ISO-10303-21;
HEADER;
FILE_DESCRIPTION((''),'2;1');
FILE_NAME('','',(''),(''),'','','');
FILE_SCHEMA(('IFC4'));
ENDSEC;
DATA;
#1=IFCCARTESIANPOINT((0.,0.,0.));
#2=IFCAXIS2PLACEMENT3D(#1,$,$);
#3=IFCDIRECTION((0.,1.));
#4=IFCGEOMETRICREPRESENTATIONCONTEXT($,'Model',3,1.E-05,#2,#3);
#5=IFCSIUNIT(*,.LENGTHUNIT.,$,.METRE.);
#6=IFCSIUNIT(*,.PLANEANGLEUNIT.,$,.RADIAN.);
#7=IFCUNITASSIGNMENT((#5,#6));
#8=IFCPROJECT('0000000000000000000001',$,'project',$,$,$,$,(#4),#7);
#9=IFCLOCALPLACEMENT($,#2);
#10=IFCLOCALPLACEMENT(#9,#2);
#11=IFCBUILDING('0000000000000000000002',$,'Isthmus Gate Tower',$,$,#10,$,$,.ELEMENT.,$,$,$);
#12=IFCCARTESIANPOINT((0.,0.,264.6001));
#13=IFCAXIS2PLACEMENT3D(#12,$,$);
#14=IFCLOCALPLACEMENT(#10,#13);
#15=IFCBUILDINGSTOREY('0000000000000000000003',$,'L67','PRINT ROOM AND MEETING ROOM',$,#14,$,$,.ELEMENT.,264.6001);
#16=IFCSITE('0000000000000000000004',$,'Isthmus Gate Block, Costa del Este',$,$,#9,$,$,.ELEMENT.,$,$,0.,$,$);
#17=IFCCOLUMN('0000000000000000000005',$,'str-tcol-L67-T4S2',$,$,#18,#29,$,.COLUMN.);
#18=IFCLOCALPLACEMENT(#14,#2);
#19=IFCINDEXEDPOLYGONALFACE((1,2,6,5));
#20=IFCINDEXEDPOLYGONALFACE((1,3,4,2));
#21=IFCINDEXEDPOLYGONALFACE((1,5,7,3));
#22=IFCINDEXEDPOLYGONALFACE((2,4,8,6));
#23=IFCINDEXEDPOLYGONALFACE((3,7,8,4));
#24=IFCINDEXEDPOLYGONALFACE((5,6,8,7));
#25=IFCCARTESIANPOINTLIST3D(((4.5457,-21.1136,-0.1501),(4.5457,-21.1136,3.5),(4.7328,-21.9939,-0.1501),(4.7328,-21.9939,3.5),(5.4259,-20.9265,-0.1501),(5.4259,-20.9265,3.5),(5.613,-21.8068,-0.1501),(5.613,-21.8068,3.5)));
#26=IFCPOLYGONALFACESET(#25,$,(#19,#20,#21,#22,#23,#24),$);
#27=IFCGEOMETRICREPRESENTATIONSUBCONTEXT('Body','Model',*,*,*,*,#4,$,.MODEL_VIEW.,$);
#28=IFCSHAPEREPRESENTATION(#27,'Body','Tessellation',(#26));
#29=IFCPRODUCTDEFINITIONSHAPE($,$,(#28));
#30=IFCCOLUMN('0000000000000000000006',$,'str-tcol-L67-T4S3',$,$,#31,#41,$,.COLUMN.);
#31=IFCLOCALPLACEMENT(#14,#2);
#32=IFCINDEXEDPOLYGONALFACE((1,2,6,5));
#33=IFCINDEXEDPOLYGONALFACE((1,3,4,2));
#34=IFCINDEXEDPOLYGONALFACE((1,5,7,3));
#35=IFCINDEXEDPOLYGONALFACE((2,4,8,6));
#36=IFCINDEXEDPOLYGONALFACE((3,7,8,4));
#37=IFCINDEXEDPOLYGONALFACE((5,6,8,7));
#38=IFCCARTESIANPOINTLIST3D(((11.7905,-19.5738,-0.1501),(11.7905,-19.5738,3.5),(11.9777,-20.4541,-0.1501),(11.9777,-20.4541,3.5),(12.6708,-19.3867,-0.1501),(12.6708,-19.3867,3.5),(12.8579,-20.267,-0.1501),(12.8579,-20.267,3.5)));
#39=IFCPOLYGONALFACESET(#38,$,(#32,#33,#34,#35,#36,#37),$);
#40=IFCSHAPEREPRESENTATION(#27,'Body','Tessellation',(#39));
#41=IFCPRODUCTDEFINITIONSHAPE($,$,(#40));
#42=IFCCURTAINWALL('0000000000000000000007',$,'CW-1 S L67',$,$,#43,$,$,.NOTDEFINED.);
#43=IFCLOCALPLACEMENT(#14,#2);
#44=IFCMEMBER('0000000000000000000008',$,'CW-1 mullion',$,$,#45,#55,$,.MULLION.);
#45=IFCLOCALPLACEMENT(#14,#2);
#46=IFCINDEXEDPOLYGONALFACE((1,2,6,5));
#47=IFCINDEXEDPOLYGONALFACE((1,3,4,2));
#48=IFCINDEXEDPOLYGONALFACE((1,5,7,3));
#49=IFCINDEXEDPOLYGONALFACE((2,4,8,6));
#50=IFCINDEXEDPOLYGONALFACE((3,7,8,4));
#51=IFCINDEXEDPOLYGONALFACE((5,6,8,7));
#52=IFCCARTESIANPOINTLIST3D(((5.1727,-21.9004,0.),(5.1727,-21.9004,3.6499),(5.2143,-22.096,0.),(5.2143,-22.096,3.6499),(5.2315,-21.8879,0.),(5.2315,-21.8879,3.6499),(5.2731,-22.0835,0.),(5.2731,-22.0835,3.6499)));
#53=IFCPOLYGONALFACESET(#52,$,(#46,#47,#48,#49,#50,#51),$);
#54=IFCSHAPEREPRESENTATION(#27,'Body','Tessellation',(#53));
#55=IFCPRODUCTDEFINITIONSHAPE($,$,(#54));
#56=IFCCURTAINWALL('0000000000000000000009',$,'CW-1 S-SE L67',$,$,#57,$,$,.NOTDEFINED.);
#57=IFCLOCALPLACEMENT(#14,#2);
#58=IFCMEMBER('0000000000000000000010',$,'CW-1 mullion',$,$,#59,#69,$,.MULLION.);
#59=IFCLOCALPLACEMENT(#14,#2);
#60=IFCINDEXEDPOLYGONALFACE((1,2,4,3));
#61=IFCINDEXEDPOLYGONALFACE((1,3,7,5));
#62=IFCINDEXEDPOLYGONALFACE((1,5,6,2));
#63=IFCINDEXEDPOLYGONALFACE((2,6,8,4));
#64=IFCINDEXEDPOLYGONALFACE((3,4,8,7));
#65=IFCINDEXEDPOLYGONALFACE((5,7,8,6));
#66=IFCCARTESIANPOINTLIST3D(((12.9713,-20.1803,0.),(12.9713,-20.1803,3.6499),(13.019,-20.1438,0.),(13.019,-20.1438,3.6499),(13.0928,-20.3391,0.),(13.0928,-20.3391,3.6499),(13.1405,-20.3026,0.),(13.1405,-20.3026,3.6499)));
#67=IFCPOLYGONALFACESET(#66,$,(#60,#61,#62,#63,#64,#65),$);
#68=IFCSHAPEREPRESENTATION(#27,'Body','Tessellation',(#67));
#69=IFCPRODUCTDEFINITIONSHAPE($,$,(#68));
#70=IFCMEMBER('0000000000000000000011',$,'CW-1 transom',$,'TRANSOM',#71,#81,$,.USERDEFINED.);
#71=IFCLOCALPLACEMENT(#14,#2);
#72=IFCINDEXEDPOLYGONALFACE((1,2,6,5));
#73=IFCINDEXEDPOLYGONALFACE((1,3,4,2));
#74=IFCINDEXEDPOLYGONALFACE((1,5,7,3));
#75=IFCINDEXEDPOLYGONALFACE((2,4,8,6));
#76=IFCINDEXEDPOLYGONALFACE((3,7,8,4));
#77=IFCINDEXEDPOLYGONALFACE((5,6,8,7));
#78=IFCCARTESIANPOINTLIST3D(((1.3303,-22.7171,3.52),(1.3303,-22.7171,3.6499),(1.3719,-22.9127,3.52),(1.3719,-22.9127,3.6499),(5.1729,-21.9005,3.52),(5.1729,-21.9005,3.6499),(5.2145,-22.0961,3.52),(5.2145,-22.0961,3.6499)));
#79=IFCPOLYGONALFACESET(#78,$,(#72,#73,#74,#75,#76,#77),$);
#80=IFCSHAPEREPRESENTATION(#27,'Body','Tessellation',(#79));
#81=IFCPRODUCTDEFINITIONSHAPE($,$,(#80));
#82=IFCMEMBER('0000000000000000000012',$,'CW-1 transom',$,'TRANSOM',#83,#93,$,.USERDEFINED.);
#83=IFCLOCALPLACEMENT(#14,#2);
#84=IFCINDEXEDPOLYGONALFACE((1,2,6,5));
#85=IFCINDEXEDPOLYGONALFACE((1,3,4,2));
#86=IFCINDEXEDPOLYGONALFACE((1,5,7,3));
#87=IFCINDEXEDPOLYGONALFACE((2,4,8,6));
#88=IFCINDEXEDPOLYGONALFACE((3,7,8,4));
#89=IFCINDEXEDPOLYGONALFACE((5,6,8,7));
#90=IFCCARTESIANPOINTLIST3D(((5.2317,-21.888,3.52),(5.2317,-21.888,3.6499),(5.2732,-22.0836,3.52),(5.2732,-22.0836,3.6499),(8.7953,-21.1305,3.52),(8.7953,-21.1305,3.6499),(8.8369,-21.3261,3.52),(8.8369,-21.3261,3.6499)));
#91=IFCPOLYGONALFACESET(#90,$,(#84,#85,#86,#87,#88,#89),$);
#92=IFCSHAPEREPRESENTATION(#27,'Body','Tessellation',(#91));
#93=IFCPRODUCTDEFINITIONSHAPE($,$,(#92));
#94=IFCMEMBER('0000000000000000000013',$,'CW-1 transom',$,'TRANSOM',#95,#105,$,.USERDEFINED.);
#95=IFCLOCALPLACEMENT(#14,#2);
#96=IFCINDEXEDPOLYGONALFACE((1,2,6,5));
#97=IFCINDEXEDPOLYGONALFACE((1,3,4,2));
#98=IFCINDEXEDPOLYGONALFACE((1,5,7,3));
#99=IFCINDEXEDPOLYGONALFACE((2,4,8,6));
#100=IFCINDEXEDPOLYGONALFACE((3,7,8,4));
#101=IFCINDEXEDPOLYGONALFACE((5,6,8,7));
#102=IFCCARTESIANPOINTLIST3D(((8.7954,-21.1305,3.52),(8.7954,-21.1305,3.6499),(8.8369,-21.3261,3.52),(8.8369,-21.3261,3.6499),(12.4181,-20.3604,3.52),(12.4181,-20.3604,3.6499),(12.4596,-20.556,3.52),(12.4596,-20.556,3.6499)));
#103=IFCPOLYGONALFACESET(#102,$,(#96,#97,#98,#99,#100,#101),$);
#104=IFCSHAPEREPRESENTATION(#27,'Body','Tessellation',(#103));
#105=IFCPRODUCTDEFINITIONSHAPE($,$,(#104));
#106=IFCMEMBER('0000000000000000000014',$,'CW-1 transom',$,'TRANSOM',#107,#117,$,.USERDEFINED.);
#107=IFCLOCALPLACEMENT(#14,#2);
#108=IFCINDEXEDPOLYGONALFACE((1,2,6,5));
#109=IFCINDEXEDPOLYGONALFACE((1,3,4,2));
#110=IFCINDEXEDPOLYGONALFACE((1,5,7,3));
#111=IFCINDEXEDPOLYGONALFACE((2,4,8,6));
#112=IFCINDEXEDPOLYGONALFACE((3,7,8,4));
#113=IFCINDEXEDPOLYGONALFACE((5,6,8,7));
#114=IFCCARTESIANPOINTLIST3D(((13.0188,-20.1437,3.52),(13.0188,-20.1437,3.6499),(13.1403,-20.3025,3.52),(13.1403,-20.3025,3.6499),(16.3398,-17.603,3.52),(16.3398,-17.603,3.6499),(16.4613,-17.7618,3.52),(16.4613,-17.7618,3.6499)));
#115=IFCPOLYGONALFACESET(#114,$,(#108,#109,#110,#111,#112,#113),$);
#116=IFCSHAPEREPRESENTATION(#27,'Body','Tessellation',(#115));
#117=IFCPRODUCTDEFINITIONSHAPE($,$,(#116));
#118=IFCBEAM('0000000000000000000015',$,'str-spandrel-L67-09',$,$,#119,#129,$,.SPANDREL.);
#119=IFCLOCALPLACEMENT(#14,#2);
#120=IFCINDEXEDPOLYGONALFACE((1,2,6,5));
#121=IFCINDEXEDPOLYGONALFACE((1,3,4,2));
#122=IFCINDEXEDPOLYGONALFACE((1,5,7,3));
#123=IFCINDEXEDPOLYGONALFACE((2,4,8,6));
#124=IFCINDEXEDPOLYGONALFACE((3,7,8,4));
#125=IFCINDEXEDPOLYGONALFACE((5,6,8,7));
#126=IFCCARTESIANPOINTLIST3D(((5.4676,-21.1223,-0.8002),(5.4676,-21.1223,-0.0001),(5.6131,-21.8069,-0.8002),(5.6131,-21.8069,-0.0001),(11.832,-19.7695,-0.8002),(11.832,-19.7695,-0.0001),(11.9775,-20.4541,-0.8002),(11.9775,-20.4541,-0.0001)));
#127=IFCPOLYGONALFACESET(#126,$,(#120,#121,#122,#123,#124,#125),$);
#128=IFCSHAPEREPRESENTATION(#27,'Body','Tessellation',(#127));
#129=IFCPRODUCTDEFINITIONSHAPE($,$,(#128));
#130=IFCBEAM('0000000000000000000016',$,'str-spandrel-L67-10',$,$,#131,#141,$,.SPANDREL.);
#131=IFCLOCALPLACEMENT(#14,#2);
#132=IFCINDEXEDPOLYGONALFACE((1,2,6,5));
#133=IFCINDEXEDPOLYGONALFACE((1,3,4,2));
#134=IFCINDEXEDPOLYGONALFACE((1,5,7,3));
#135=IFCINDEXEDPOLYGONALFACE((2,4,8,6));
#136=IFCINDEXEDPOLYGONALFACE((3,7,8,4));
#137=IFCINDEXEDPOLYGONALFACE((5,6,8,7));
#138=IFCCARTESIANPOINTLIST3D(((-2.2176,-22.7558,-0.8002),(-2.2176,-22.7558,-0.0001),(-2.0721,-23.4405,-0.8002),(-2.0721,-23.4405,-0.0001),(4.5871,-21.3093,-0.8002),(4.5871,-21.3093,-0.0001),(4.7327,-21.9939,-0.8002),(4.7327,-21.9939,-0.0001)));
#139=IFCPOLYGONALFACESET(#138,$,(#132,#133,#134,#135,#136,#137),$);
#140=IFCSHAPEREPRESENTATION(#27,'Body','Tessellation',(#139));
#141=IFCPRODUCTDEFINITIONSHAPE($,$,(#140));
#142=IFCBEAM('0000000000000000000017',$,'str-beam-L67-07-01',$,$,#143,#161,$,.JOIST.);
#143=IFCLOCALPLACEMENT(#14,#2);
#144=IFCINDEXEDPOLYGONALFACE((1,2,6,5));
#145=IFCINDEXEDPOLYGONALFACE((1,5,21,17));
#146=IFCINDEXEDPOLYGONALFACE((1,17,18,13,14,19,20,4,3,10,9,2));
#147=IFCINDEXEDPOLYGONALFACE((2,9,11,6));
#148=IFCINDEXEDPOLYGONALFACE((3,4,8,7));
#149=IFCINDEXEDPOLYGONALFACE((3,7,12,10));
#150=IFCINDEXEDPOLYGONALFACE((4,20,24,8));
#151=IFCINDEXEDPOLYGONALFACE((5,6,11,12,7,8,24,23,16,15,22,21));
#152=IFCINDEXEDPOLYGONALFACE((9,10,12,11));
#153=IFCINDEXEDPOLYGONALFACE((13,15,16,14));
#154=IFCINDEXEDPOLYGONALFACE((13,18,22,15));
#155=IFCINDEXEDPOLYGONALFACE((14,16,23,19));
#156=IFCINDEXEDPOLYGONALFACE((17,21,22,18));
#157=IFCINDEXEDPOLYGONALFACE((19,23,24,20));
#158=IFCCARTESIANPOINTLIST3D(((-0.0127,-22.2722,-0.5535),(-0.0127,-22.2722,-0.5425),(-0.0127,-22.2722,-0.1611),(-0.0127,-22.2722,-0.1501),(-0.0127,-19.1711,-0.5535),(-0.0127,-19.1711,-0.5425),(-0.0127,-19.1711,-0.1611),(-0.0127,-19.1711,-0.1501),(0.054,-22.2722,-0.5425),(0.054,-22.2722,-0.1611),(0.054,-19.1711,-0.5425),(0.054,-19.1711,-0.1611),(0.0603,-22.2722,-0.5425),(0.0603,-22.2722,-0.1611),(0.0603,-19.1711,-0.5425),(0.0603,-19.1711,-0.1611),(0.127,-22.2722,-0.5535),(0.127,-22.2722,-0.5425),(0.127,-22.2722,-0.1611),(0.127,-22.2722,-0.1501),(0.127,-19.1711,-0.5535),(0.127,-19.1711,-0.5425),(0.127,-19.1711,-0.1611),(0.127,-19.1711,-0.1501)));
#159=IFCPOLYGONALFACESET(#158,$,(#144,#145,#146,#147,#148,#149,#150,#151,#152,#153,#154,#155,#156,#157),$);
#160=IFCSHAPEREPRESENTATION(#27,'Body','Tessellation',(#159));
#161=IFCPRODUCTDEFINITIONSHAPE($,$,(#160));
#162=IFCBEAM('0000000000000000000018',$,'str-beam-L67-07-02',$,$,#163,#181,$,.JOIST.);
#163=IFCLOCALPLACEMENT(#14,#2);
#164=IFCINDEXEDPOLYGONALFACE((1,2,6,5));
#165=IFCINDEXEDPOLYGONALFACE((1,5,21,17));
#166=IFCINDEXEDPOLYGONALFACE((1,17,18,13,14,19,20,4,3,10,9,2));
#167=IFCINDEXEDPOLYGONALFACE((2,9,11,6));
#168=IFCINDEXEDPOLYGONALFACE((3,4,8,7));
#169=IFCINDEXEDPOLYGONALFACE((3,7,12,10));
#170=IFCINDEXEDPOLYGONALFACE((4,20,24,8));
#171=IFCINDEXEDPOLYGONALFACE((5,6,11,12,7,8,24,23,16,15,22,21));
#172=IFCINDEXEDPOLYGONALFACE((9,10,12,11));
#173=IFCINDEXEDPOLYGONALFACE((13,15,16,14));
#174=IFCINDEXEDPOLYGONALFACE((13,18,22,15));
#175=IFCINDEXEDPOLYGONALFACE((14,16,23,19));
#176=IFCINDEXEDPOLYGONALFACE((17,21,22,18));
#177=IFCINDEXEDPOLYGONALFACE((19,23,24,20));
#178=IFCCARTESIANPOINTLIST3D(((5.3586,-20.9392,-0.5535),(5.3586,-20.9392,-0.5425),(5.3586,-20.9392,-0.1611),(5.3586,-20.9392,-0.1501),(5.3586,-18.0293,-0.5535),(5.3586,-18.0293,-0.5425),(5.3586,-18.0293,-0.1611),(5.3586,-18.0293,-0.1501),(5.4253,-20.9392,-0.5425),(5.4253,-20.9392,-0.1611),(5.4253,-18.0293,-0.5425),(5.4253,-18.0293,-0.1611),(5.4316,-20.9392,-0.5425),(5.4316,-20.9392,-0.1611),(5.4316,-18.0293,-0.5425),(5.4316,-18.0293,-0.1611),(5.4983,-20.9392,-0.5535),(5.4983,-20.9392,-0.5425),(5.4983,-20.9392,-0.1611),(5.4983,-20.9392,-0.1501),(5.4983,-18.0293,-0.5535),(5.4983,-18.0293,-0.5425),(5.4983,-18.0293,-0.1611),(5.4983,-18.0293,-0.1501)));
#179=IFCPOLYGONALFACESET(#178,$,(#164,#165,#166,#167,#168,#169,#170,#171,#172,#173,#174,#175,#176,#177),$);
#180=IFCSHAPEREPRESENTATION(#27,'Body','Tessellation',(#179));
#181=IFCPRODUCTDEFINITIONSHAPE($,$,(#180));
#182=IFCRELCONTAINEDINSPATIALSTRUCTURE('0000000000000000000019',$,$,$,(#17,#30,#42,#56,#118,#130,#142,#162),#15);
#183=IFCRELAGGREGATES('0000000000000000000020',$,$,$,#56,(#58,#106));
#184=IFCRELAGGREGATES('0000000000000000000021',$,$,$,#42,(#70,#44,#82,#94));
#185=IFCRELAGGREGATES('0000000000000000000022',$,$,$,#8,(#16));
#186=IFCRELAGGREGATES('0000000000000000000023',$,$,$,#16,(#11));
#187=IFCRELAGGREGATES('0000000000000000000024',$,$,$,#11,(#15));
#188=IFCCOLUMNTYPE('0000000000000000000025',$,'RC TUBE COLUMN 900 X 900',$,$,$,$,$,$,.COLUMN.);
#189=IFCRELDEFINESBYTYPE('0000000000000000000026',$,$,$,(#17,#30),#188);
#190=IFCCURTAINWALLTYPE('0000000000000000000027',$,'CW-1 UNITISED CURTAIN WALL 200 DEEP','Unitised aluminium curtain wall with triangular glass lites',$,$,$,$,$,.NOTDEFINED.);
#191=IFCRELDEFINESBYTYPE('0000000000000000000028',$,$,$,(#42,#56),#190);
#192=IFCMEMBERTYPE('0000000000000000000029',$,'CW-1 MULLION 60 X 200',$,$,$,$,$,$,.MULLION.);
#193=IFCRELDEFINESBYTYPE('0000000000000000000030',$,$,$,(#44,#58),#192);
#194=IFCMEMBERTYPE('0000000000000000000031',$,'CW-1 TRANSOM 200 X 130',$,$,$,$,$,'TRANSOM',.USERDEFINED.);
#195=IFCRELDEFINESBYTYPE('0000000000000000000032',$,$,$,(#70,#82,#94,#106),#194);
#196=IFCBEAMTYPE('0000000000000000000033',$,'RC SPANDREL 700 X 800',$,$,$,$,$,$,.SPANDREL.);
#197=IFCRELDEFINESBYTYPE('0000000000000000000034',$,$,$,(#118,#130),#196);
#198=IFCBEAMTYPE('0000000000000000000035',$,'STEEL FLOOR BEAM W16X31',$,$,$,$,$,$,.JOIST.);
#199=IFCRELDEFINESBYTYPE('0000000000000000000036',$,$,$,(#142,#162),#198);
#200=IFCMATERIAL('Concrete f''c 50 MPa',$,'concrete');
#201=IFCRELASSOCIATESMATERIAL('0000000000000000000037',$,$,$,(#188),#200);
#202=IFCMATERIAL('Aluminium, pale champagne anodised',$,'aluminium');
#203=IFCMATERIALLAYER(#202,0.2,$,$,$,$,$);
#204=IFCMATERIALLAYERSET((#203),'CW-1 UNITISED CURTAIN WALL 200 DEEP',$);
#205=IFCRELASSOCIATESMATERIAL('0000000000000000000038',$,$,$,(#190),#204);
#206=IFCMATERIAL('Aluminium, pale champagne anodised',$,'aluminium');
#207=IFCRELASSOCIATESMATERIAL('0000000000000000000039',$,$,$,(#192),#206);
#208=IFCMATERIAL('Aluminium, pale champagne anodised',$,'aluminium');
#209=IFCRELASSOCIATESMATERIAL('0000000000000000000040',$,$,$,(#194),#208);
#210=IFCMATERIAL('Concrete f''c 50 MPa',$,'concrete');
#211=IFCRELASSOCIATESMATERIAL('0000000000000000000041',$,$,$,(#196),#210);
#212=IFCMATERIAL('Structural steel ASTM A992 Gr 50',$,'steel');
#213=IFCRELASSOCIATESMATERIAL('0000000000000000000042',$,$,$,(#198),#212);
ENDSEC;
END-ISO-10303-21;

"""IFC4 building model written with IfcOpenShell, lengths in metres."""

from ifc_helpers import new_model, si_unit, direction, frame, origin, origin_2d, place, context, subcontext, project, spatial, rectangle, i_section, extrude, material, layer, layer_set, material_profile, profile_set, type_object, element, aggregate, save


model = new_model("IFC4")

# Units and contexts
model_context = context("Model", 3, precision=1e-05, world=origin(), true_north=direction((0.0, 1.0)))
body_context = subcontext(model_context, "Body", "Model", "MODEL_VIEW")
ifc_project = project(units=[si_unit("LENGTHUNIT", "METRE"), si_unit("PLANEANGLEUNIT", "RADIAN")], contexts=[model_context])

# Site, building, storey
site_placement = place(None, origin())
site = spatial("IfcSite", under=ifc_project, at=site_placement, Name="Isthmus Gate Block, Costa del Este", CompositionType="ELEMENT", RefElevation=0.0)
building_placement = place(site_placement, origin())
building = spatial("IfcBuilding", under=site, at=building_placement, Name="Isthmus Gate Tower", CompositionType="ELEMENT")
storey_placement = place(building_placement, frame((0.0, 0.0, 264.6001)))
storey = spatial("IfcBuildingStorey", under=building, at=storey_placement, Name="L67", Description="PRINT ROOM AND MEETING ROOM", CompositionType="ELEMENT", Elevation=264.6001)

# Columns
ifc_material_1 = material(Name="Concrete f'c 50 MPa", Category="concrete")
ifc_material_profile_1 = material_profile(ifc_material_1, rectangle(XDim=0.8999, YDim=0.8999, at=origin_2d()), Name="RC 900X900")
ifc_profile_set_1 = profile_set([ifc_material_profile_1], Name="Concrete f'c 50 MPa")
column_type = type_object("IfcColumnType", Name="RC TUBE COLUMN 900 X 900", PredefinedType="COLUMN", material=ifc_profile_set_1)
for number, where, z_axis, x_axis, name in (
    (1, (5.0793, -21.4602, -0.1501), (0.0, 0.0, 1.0), (0.978148, 0.207912, 0.0), "str-tcol-L67-T4S2"),
    (2, (12.3242, -19.9204, -0.1501), (0.0, 0.0, 1.0), (0.978148, 0.207912, 0.0), "str-tcol-L67-T4S3"),
):
    element("IfcColumn", number, at=place(storey_placement, frame(where, z_axis=z_axis, x_axis=x_axis)), inside=storey, type_object=column_type, Name=name, PredefinedType="COLUMN", context=body_context, shape_type="SweptSolid", body=[
        extrude(rectangle(XDim=0.8999, YDim=0.8999, at=origin_2d()), origin(), (0.0, 0.0, 1.0), 3.6501),
    ])

# Curtain walls, members
ifc_material_2 = material(Name="Aluminium, pale champagne anodised", Category="aluminium")
ifc_layer_1 = layer(ifc_material_2, 0.2)
ifc_layer_set_1 = layer_set([ifc_layer_1], Name="CW-1 UNITISED CURTAIN WALL 200 DEEP")
curtain_wall_type = type_object("IfcCurtainWallType", Name="CW-1 UNITISED CURTAIN WALL 200 DEEP", Description="Unitised aluminium curtain wall with triangular glass lites", PredefinedType="NOTDEFINED", material=ifc_layer_set_1)
curtain_wall_1_placement = place(storey_placement, origin())
curtain_wall_1 = element("IfcCurtainWall", 3, at=curtain_wall_1_placement, inside=storey, type_object=curtain_wall_type, Name="CW-1 S L67", PredefinedType="NOTDEFINED")
ifc_material_3 = material(Name="Aluminium, pale champagne anodised", Category="aluminium")
ifc_material_profile_2 = material_profile(ifc_material_3, rectangle(XDim=0.0601, YDim=0.2, at=origin_2d()), Name="60x200")
ifc_profile_set_2 = profile_set([ifc_material_profile_2], Name="Aluminium, pale champagne anodised")
member_type_1 = type_object("IfcMemberType", Name="CW-1 MULLION 60 X 200", PredefinedType="MULLION", material=ifc_profile_set_2)
member_1_placement = place(storey_placement, frame((5.2229, -21.9919, 0.0), z_axis=(0.0, 0.0, 1.0), x_axis=(0.978148, 0.207912, 0.0)))
member_1 = element("IfcMember", 4, at=member_1_placement, type_object=member_type_1, Name="CW-1 mullion", PredefinedType="MULLION", context=body_context, shape_type="SweptSolid", body=[
    extrude(rectangle(XDim=0.0601, YDim=0.2, at=origin_2d()), origin(), (0.0, 0.0, 1.0), 3.6499),
])
curtain_wall_2_placement = place(storey_placement, origin())
curtain_wall_2 = element("IfcCurtainWall", 5, at=curtain_wall_2_placement, inside=storey, type_object=curtain_wall_type, Name="CW-1 S-SE L67", PredefinedType="NOTDEFINED")
member_2_placement = place(storey_placement, frame((13.0559, -20.2415, 0.0), z_axis=(0.0, 0.0, 1.0), x_axis=(0.794189, 0.607671, 0.0)))
member_2 = element("IfcMember", 6, at=member_2_placement, type_object=member_type_1, Name="CW-1 mullion", PredefinedType="MULLION", context=body_context, shape_type="SweptSolid", body=[
    extrude(rectangle(XDim=0.0601, YDim=0.2, at=origin_2d()), origin(), (0.0, 0.0, 1.0), 3.6499),
])

# Members
ifc_material_4 = material(Name="Aluminium, pale champagne anodised", Category="aluminium")
ifc_material_profile_3 = material_profile(ifc_material_4, rectangle(XDim=0.2, YDim=0.1299, at=origin_2d()), Name="200x130")
ifc_profile_set_3 = profile_set([ifc_material_profile_3], Name="Aluminium, pale champagne anodised")
member_type_2 = type_object("IfcMemberType", Name="CW-1 TRANSOM 200 X 130", ElementType="TRANSOM", PredefinedType="USERDEFINED", material=ifc_profile_set_3)
member_3_placement = place(storey_placement, frame((1.3511, -22.8149, 3.585), z_axis=(0.978153, 0.207886, 0.0), x_axis=(-0.207886, 0.978153, 0.0)))
member_3 = element("IfcMember", 7, at=member_3_placement, type_object=member_type_2, Name="CW-1 transom", ObjectType="TRANSOM", PredefinedType="USERDEFINED", context=body_context, shape_type="SweptSolid", body=[
    extrude(rectangle(XDim=0.2, YDim=0.1299, at=origin_2d()), origin(), (0.0, 0.0, 1.0), 3.9285),
])
member_4_placement = place(storey_placement, frame((5.2524, -21.9858, 3.585), z_axis=(0.978143, 0.207932, 0.0), x_axis=(-0.207932, 0.978143, 0.0)))
member_4 = element("IfcMember", 8, at=member_4_placement, type_object=member_type_2, Name="CW-1 transom", ObjectType="TRANSOM", PredefinedType="USERDEFINED", context=body_context, shape_type="SweptSolid", body=[
    extrude(rectangle(XDim=0.2, YDim=0.1299, at=origin_2d()), origin(), (0.0, 0.0, 1.0), 3.6433),
])
member_5_placement = place(storey_placement, frame((8.8162, -21.2283, 3.585), z_axis=(0.978146, 0.207917, 0.0), x_axis=(-0.207917, 0.978146, 0.0)))
member_5 = element("IfcMember", 9, at=member_5_placement, type_object=member_type_2, Name="CW-1 transom", ObjectType="TRANSOM", PredefinedType="USERDEFINED", context=body_context, shape_type="SweptSolid", body=[
    extrude(rectangle(XDim=0.2, YDim=0.1299, at=origin_2d()), origin(), (0.0, 0.0, 1.0), 3.7036),
])
member_6_placement = place(storey_placement, frame((13.0796, -20.2231, 3.585), z_axis=(0.794225, 0.607623, 0.0), x_axis=(-0.607623, 0.794225, 0.0)))
member_6 = element("IfcMember", 10, at=member_6_placement, type_object=member_type_2, Name="CW-1 transom", ObjectType="TRANSOM", PredefinedType="USERDEFINED", context=body_context, shape_type="SweptSolid", body=[
    extrude(rectangle(XDim=0.2, YDim=0.1299, at=origin_2d()), origin(), (0.0, 0.0, 1.0), 4.1814),
])
aggregate(curtain_wall_2, [member_2, member_6])

# Beams
ifc_material_5 = material(Name="Concrete f'c 50 MPa", Category="concrete")
ifc_material_profile_4 = material_profile(ifc_material_5, rectangle(XDim=0.7, YDim=0.8, at=origin_2d()), Name="RC 700X800")
ifc_profile_set_4 = profile_set([ifc_material_profile_4], Name="Concrete f'c 50 MPa")
beam_type_1 = type_object("IfcBeamType", Name="RC SPANDREL 700 X 800", PredefinedType="SPANDREL", material=ifc_profile_set_4)
beam_1_placement = place(storey_placement, frame((11.9048, -20.1118, -0.4001), z_axis=(-0.978149, -0.207907, 0.0), x_axis=(0.207907, -0.978149, 0.0)))
element("IfcBeam", 11, at=beam_1_placement, inside=storey, type_object=beam_type_1, Name="str-spandrel-L67-09", PredefinedType="SPANDREL", context=body_context, shape_type="SweptSolid", body=[
    extrude(rectangle(XDim=0.7, YDim=0.8, at=origin_2d()), origin(), (0.0, 0.0, 1.0), 6.5066),
])
beam_2_placement = place(storey_placement, frame((4.6599, -21.6516, -0.4001), z_axis=(-0.978143, -0.207933, 0.0), x_axis=(0.207933, -0.978143, 0.0)))
element("IfcBeam", 12, at=beam_2_placement, inside=storey, type_object=beam_type_1, Name="str-spandrel-L67-10", PredefinedType="SPANDREL", context=body_context, shape_type="SweptSolid", body=[
    extrude(rectangle(XDim=0.7, YDim=0.8, at=origin_2d()), origin(), (0.0, 0.0, 1.0), 6.9568),
])
ifc_material_6 = material(Name="Structural steel ASTM A992 Gr 50", Category="steel")
ifc_material_profile_5 = material_profile(ifc_material_6, i_section(OverallWidth=0.1396, OverallDepth=0.4033, WebThickness=0.0063, FlangeThickness=0.011, at=origin_2d()), Name="W16X31")
ifc_profile_set_5 = profile_set([ifc_material_profile_5], Name="Structural steel ASTM A992 Gr 50")
beam_type_2 = type_object("IfcBeamType", Name="STEEL FLOOR BEAM W16X31", PredefinedType="JOIST", material=ifc_profile_set_5)
beam_3_placement = place(storey_placement, frame((0.0571, -22.2722, -0.3518), z_axis=(0.0, 1.0, 0.0), x_axis=(-1.0, 0.0, 0.0)))
element("IfcBeam", 13, at=beam_3_placement, inside=storey, type_object=beam_type_2, Name="str-beam-L67-07-01", PredefinedType="JOIST", context=body_context, shape_type="SweptSolid", body=[
    extrude(i_section(OverallWidth=0.1396, OverallDepth=0.4033, WebThickness=0.0063, FlangeThickness=0.011, at=origin_2d()), origin(), (0.0, 0.0, 1.0), 3.1011),
])
beam_4_placement = place(storey_placement, frame((5.4285, -20.9392, -0.3518), z_axis=(0.0, 1.0, 0.0), x_axis=(-1.0, 0.0, 0.0)))
element("IfcBeam", 14, at=beam_4_placement, inside=storey, type_object=beam_type_2, Name="str-beam-L67-07-02", PredefinedType="JOIST", context=body_context, shape_type="SweptSolid", body=[
    extrude(i_section(OverallWidth=0.1396, OverallDepth=0.4033, WebThickness=0.0063, FlangeThickness=0.011, at=origin_2d()), origin(), (0.0, 0.0, 1.0), 2.9099),
])

aggregate(curtain_wall_1, [member_3, member_1, member_4, member_5])

save(model, "model.ifc")
